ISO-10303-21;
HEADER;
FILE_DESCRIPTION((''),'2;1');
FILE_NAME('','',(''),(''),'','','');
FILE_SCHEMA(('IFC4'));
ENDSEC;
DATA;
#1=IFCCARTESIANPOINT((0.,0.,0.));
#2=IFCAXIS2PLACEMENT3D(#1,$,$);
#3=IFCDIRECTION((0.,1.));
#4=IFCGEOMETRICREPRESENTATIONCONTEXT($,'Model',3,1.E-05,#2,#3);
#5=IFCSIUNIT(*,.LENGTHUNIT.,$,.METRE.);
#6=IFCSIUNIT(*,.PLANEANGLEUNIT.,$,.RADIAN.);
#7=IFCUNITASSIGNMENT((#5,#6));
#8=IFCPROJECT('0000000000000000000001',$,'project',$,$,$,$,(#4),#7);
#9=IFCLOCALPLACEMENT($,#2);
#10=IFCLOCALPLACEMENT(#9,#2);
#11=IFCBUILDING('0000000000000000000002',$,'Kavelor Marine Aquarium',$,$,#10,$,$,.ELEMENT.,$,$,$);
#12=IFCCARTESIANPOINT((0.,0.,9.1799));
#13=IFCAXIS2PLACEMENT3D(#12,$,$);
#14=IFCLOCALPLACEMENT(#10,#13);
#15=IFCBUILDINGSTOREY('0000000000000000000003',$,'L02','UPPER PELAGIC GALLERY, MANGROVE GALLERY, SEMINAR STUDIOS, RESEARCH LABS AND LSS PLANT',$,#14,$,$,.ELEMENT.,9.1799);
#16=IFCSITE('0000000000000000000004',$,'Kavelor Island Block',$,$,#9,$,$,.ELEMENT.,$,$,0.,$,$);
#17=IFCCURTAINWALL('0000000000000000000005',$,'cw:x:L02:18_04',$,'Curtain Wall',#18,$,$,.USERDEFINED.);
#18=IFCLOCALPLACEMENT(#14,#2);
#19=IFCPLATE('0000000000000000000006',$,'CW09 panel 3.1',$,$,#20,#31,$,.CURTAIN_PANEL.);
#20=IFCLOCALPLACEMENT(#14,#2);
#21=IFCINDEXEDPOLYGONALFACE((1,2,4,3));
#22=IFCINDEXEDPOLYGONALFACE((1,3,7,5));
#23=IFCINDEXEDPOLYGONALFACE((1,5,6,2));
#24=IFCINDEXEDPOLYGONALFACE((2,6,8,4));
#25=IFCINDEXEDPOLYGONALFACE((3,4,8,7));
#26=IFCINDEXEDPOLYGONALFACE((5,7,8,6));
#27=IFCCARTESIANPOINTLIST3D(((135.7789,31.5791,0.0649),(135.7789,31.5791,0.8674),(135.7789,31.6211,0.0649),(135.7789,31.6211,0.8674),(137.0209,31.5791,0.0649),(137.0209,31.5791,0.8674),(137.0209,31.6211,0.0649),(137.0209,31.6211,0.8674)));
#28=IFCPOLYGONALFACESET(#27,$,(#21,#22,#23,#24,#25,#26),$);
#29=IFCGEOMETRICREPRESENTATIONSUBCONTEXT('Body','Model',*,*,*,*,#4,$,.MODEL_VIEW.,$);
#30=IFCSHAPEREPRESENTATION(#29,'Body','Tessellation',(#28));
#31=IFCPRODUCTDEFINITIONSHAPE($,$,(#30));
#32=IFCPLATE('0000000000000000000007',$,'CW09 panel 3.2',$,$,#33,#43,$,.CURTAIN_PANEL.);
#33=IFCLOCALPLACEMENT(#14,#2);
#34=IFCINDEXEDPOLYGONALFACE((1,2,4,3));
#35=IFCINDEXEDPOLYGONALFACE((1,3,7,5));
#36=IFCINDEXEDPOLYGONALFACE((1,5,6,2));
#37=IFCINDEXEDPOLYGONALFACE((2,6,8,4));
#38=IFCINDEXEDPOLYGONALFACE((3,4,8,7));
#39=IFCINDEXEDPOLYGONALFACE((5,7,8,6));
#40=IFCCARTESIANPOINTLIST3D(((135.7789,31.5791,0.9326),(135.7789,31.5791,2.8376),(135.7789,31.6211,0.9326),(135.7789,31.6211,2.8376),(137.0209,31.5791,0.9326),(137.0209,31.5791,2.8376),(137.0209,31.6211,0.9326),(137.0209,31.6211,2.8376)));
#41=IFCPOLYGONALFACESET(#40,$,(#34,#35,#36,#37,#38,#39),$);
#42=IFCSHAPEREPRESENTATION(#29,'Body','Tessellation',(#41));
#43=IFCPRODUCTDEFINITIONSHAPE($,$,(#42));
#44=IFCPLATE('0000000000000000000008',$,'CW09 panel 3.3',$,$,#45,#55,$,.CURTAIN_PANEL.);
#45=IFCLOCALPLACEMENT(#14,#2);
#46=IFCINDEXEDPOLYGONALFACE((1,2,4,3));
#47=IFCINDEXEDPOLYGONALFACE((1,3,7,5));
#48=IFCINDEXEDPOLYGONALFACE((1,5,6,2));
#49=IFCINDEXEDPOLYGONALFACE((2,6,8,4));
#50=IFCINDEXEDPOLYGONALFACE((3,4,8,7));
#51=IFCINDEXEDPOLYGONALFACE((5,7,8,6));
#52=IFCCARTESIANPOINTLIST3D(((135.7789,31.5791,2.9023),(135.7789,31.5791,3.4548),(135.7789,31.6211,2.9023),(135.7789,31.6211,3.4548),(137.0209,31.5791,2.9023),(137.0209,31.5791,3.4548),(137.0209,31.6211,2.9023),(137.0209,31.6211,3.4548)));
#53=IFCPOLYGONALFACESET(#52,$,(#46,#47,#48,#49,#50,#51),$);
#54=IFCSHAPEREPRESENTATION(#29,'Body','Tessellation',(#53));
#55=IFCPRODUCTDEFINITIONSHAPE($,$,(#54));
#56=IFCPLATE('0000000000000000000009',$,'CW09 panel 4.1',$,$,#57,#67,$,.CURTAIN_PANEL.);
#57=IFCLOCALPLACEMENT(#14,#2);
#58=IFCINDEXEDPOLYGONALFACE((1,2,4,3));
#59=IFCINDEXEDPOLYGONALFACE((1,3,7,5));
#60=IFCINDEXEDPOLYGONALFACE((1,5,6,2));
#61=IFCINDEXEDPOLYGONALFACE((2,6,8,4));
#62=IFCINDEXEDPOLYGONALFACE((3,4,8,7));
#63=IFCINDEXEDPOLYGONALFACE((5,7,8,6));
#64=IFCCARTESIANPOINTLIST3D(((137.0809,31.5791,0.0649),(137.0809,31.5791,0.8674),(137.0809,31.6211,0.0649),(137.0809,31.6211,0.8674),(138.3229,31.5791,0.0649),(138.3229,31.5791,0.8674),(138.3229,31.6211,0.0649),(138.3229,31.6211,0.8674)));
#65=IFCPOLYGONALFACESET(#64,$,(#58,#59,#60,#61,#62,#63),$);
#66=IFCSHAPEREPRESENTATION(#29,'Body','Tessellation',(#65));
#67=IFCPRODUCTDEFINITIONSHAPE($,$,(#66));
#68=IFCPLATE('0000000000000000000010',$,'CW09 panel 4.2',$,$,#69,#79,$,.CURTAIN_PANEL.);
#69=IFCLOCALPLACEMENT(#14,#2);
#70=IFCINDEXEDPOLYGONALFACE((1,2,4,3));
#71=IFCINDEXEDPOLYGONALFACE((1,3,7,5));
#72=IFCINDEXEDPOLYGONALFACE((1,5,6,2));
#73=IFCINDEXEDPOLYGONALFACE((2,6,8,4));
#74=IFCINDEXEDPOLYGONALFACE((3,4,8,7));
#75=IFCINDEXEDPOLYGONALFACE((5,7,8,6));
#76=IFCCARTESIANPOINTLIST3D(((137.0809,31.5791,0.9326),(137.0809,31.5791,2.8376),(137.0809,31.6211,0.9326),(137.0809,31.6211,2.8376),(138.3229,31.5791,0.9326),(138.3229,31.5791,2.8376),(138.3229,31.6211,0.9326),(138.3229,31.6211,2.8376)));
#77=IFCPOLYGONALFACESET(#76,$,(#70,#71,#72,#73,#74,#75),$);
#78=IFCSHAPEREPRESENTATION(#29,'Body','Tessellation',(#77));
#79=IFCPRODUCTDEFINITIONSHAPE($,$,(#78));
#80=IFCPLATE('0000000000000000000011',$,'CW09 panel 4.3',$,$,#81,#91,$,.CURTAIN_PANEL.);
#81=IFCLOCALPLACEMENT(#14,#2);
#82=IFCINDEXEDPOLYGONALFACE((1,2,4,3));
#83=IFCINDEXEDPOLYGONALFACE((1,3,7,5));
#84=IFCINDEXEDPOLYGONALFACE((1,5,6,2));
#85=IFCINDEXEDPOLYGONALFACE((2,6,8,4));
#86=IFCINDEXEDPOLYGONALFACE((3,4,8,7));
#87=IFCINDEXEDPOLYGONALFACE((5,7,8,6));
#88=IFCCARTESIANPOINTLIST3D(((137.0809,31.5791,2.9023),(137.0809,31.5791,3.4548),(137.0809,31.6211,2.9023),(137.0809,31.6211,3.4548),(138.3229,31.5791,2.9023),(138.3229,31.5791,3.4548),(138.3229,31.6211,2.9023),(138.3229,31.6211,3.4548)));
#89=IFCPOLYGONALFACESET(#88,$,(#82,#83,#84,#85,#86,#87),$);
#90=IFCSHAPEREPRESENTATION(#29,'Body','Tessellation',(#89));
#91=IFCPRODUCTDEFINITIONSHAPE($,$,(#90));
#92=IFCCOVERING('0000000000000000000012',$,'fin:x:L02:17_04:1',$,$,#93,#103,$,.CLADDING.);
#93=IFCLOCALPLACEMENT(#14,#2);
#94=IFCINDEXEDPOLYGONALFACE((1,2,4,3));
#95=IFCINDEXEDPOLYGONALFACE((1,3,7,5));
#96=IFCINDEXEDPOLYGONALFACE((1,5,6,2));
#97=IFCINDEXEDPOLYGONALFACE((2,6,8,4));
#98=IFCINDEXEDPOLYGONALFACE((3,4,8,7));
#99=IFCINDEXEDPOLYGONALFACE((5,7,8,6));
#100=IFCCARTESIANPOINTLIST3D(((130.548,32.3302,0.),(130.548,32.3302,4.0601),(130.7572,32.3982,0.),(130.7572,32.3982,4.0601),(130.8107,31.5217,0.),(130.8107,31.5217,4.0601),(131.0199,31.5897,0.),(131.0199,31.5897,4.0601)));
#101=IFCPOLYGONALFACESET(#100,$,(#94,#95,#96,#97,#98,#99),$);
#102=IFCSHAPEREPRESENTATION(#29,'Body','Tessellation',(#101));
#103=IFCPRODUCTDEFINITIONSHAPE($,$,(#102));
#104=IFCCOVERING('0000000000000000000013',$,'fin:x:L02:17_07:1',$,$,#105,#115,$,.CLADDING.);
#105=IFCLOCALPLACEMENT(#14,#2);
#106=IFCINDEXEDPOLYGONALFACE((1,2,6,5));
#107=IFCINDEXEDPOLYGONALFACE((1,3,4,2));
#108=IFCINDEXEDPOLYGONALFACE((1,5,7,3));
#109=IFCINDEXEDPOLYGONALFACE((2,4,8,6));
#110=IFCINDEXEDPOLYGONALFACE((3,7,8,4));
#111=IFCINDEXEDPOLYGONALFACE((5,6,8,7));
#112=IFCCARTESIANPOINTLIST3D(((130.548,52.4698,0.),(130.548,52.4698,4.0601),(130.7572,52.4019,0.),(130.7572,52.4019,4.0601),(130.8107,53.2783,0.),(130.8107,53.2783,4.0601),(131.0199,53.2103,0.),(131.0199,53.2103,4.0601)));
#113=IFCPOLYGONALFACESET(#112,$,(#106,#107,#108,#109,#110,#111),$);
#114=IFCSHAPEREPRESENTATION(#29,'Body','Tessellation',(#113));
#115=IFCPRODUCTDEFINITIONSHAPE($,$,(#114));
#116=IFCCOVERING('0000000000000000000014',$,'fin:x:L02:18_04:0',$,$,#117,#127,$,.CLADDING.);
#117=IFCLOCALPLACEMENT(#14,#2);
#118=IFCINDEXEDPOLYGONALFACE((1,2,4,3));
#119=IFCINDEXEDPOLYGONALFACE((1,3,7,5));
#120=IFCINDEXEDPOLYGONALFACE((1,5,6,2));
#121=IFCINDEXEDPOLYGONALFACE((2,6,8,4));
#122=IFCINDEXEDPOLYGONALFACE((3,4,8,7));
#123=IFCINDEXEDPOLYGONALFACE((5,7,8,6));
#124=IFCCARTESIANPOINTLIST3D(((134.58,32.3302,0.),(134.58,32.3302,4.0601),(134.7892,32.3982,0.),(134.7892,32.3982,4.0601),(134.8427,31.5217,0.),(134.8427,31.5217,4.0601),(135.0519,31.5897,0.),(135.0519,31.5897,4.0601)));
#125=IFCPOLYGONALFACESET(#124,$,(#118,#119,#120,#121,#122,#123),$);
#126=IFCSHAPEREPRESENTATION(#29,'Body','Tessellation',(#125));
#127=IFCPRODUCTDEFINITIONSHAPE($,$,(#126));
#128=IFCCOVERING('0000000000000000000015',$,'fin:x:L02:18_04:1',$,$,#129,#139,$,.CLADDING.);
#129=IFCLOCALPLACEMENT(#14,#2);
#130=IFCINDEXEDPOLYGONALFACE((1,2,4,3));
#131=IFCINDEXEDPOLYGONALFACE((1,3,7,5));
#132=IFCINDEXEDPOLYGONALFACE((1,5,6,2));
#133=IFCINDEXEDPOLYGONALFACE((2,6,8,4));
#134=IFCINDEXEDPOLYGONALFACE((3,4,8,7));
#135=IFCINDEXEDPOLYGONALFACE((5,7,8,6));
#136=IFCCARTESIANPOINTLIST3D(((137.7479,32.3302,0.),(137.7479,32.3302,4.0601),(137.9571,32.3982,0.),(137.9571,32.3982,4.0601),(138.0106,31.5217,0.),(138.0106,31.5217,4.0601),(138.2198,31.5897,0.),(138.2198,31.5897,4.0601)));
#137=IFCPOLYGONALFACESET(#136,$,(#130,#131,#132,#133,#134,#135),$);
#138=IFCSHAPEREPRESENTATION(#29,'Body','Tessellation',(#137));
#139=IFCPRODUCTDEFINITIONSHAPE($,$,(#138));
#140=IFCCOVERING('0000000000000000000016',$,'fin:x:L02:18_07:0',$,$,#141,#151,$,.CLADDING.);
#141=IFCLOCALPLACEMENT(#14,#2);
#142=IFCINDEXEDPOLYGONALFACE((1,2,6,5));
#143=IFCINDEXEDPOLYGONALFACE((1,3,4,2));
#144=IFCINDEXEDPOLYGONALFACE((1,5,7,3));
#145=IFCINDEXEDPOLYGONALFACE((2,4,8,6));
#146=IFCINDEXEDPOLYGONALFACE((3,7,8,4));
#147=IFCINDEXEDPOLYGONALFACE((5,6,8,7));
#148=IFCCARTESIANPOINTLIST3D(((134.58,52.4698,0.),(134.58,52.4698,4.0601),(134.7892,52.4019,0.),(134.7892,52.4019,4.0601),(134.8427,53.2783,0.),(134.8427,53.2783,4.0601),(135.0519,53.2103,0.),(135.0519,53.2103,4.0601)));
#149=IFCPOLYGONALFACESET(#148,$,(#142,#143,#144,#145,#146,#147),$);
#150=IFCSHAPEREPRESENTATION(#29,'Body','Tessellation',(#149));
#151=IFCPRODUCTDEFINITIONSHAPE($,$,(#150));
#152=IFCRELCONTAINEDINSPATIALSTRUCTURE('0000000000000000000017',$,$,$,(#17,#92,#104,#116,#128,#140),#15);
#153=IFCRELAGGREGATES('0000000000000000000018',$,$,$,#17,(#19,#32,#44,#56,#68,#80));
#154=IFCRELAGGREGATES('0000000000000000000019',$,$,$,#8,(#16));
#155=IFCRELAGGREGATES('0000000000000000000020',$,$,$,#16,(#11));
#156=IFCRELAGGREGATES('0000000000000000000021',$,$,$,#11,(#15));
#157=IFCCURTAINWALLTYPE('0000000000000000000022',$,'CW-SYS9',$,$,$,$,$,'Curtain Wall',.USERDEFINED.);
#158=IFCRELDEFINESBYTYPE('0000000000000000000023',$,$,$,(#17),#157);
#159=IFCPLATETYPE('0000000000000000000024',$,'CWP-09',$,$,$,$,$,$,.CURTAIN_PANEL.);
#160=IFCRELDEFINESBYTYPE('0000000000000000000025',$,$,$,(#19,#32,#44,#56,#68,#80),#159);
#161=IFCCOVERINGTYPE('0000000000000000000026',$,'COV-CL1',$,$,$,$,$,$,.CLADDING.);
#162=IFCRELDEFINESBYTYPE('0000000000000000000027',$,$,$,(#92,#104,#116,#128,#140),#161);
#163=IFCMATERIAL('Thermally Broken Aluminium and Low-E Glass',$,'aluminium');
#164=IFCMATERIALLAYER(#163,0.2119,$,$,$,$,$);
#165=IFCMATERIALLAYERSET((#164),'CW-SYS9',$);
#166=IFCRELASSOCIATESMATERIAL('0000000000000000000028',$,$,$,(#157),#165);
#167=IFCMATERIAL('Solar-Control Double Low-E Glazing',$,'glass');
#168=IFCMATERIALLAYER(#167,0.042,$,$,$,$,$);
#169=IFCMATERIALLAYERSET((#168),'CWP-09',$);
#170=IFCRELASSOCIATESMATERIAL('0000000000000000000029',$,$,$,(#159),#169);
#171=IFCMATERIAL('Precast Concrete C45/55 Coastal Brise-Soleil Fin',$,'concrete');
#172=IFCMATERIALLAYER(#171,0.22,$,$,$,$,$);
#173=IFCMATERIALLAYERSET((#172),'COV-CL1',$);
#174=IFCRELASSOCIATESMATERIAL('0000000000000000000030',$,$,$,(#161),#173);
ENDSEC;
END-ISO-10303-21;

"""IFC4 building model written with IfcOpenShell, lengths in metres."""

from ifc_helpers import new_model, si_unit, direction, frame, origin, origin_2d, place, context, subcontext, project, spatial, rectangle, extrude, material, layer, layer_set, type_object, element, aggregate, save


model = new_model("IFC4")

# Units and contexts
model_context = context("Model", 3, precision=1e-05, world=origin(), true_north=direction((0.0, 1.0)))
body_context = subcontext(model_context, "Body", "Model", "MODEL_VIEW")
ifc_project = project(units=[si_unit("LENGTHUNIT", "METRE"), si_unit("PLANEANGLEUNIT", "RADIAN")], contexts=[model_context])

# Site, building, storey
site_placement = place(None, origin())
site = spatial("IfcSite", under=ifc_project, at=site_placement, Name="Kavelor Island Block", CompositionType="ELEMENT", RefElevation=0.0)
building_placement = place(site_placement, origin())
building = spatial("IfcBuilding", under=site, at=building_placement, Name="Kavelor Marine Aquarium", CompositionType="ELEMENT")
storey_placement = place(building_placement, frame((0.0, 0.0, 9.1799)))
storey = spatial("IfcBuildingStorey", under=building, at=storey_placement, Name="L02", Description="UPPER PELAGIC GALLERY, MANGROVE GALLERY, SEMINAR STUDIOS, RESEARCH LABS AND LSS PLANT", CompositionType="ELEMENT", Elevation=9.1799)

# Curtain wall
ifc_material_1 = material(Name="Thermally Broken Aluminium and Low-E Glass", Category="aluminium")
ifc_layer_1 = layer(ifc_material_1, 0.2119)
ifc_layer_set_1 = layer_set([ifc_layer_1], Name="CW-SYS9")
curtain_wall_type_1 = type_object("IfcCurtainWallType", Name="CW-SYS9", ElementType="Curtain Wall", PredefinedType="USERDEFINED", material=ifc_layer_set_1)
curtain_wall_1_placement = place(storey_placement, origin())
curtain_wall_1 = element("IfcCurtainWall", 1, at=curtain_wall_1_placement, inside=storey, type_object=curtain_wall_type_1, Name="cw:x:L02:18_04", ObjectType="Curtain Wall", PredefinedType="USERDEFINED")

# Plates
ifc_material_2 = material(Name="Solar-Control Double Low-E Glazing", Category="glass")
ifc_layer_2 = layer(ifc_material_2, 0.042)
ifc_layer_set_2 = layer_set([ifc_layer_2], Name="CWP-09")
plate_type_1 = type_object("IfcPlateType", Name="CWP-09", PredefinedType="CURTAIN_PANEL", material=ifc_layer_set_2)
plate_1_placement = place(storey_placement, frame((136.3999, 31.6001, 0.0649), z_axis=(0.0, 0.0, 1.0), x_axis=(1.0, 0.0, 0.0)))
plate_1 = element("IfcPlate", 2, at=plate_1_placement, type_object=plate_type_1, Name="CW09 panel 3.1", PredefinedType="CURTAIN_PANEL", context=body_context, shape_type="SweptSolid", body=[
    extrude(rectangle(XDim=1.2419, YDim=0.042, at=origin_2d()), origin(), (0.0, 0.0, 1.0), 0.8025),
])
plate_2_placement = place(storey_placement, frame((136.3999, 31.6001, 0.9326), z_axis=(0.0, 0.0, 1.0), x_axis=(1.0, 0.0, 0.0)))
plate_2 = element("IfcPlate", 3, at=plate_2_placement, type_object=plate_type_1, Name="CW09 panel 3.2", PredefinedType="CURTAIN_PANEL", context=body_context, shape_type="SweptSolid", body=[
    extrude(rectangle(XDim=1.2419, YDim=0.042, at=origin_2d()), origin(), (0.0, 0.0, 1.0), 1.905),
])
plate_3_placement = place(storey_placement, frame((136.3999, 31.6001, 2.9023), z_axis=(0.0, 0.0, 1.0), x_axis=(1.0, 0.0, 0.0)))
plate_3 = element("IfcPlate", 4, at=plate_3_placement, type_object=plate_type_1, Name="CW09 panel 3.3", PredefinedType="CURTAIN_PANEL", context=body_context, shape_type="SweptSolid", body=[
    extrude(rectangle(XDim=1.2419, YDim=0.042, at=origin_2d()), origin(), (0.0, 0.0, 1.0), 0.5525),
])
plate_4_placement = place(storey_placement, frame((137.7019, 31.6001, 0.0649), z_axis=(0.0, 0.0, 1.0), x_axis=(1.0, 0.0, 0.0)))
plate_4 = element("IfcPlate", 5, at=plate_4_placement, type_object=plate_type_1, Name="CW09 panel 4.1", PredefinedType="CURTAIN_PANEL", context=body_context, shape_type="SweptSolid", body=[
    extrude(rectangle(XDim=1.2419, YDim=0.042, at=origin_2d()), origin(), (0.0, 0.0, 1.0), 0.8025),
])
plate_5_placement = place(storey_placement, frame((137.7019, 31.6001, 0.9326), z_axis=(0.0, 0.0, 1.0), x_axis=(1.0, 0.0, 0.0)))
plate_5 = element("IfcPlate", 6, at=plate_5_placement, type_object=plate_type_1, Name="CW09 panel 4.2", PredefinedType="CURTAIN_PANEL", context=body_context, shape_type="SweptSolid", body=[
    extrude(rectangle(XDim=1.2419, YDim=0.042, at=origin_2d()), origin(), (0.0, 0.0, 1.0), 1.905),
])
plate_6_placement = place(storey_placement, frame((137.7019, 31.6001, 2.9023), z_axis=(0.0, 0.0, 1.0), x_axis=(1.0, 0.0, 0.0)))
plate_6 = element("IfcPlate", 7, at=plate_6_placement, type_object=plate_type_1, Name="CW09 panel 4.3", PredefinedType="CURTAIN_PANEL", context=body_context, shape_type="SweptSolid", body=[
    extrude(rectangle(XDim=1.2419, YDim=0.042, at=origin_2d()), origin(), (0.0, 0.0, 1.0), 0.5525),
])
aggregate(curtain_wall_1, [plate_1, plate_2, plate_3, plate_4, plate_5, plate_6])

# Coverings
ifc_material_3 = material(Name="Precast Concrete C45/55 Coastal Brise-Soleil Fin", Category="concrete")
ifc_layer_3 = layer(ifc_material_3, 0.22)
ifc_layer_set_3 = layer_set([ifc_layer_3], Name="COV-CL1")
covering_type = type_object("IfcCoveringType", Name="COV-CL1", PredefinedType="CLADDING", material=ifc_layer_set_3)
for number, where, z_axis, x_axis, name in (
    (8, (130.7839, 31.96, 0.0), (0.0, 0.0, 1.0), (0.951057, 0.309017, 0.0), "fin:x:L02:17_04:1"),
    (9, (130.7839, 52.8401, 0.0), (0.0, 0.0, 1.0), (0.951057, -0.309017, 0.0), "fin:x:L02:17_07:1"),
    (10, (134.8159, 31.96, 0.0), (0.0, 0.0, 1.0), (0.951057, 0.309017, 0.0), "fin:x:L02:18_04:0"),
    (11, (137.9839, 31.96, 0.0), (0.0, 0.0, 1.0), (0.951057, 0.309017, 0.0), "fin:x:L02:18_04:1"),
    (12, (134.8159, 52.8401, 0.0), (0.0, 0.0, 1.0), (0.951057, -0.309017, 0.0), "fin:x:L02:18_07:0"),
):
    element("IfcCovering", number, at=place(storey_placement, frame(where, z_axis=z_axis, x_axis=x_axis)), inside=storey, type_object=covering_type, Name=name, PredefinedType="CLADDING", context=body_context, shape_type="SweptSolid", body=[
        extrude(rectangle(XDim=0.22, YDim=0.8501, at=origin_2d()), origin(), (0.0, 0.0, 1.0), 4.0601),
    ])

save(model, "model.ifc")
